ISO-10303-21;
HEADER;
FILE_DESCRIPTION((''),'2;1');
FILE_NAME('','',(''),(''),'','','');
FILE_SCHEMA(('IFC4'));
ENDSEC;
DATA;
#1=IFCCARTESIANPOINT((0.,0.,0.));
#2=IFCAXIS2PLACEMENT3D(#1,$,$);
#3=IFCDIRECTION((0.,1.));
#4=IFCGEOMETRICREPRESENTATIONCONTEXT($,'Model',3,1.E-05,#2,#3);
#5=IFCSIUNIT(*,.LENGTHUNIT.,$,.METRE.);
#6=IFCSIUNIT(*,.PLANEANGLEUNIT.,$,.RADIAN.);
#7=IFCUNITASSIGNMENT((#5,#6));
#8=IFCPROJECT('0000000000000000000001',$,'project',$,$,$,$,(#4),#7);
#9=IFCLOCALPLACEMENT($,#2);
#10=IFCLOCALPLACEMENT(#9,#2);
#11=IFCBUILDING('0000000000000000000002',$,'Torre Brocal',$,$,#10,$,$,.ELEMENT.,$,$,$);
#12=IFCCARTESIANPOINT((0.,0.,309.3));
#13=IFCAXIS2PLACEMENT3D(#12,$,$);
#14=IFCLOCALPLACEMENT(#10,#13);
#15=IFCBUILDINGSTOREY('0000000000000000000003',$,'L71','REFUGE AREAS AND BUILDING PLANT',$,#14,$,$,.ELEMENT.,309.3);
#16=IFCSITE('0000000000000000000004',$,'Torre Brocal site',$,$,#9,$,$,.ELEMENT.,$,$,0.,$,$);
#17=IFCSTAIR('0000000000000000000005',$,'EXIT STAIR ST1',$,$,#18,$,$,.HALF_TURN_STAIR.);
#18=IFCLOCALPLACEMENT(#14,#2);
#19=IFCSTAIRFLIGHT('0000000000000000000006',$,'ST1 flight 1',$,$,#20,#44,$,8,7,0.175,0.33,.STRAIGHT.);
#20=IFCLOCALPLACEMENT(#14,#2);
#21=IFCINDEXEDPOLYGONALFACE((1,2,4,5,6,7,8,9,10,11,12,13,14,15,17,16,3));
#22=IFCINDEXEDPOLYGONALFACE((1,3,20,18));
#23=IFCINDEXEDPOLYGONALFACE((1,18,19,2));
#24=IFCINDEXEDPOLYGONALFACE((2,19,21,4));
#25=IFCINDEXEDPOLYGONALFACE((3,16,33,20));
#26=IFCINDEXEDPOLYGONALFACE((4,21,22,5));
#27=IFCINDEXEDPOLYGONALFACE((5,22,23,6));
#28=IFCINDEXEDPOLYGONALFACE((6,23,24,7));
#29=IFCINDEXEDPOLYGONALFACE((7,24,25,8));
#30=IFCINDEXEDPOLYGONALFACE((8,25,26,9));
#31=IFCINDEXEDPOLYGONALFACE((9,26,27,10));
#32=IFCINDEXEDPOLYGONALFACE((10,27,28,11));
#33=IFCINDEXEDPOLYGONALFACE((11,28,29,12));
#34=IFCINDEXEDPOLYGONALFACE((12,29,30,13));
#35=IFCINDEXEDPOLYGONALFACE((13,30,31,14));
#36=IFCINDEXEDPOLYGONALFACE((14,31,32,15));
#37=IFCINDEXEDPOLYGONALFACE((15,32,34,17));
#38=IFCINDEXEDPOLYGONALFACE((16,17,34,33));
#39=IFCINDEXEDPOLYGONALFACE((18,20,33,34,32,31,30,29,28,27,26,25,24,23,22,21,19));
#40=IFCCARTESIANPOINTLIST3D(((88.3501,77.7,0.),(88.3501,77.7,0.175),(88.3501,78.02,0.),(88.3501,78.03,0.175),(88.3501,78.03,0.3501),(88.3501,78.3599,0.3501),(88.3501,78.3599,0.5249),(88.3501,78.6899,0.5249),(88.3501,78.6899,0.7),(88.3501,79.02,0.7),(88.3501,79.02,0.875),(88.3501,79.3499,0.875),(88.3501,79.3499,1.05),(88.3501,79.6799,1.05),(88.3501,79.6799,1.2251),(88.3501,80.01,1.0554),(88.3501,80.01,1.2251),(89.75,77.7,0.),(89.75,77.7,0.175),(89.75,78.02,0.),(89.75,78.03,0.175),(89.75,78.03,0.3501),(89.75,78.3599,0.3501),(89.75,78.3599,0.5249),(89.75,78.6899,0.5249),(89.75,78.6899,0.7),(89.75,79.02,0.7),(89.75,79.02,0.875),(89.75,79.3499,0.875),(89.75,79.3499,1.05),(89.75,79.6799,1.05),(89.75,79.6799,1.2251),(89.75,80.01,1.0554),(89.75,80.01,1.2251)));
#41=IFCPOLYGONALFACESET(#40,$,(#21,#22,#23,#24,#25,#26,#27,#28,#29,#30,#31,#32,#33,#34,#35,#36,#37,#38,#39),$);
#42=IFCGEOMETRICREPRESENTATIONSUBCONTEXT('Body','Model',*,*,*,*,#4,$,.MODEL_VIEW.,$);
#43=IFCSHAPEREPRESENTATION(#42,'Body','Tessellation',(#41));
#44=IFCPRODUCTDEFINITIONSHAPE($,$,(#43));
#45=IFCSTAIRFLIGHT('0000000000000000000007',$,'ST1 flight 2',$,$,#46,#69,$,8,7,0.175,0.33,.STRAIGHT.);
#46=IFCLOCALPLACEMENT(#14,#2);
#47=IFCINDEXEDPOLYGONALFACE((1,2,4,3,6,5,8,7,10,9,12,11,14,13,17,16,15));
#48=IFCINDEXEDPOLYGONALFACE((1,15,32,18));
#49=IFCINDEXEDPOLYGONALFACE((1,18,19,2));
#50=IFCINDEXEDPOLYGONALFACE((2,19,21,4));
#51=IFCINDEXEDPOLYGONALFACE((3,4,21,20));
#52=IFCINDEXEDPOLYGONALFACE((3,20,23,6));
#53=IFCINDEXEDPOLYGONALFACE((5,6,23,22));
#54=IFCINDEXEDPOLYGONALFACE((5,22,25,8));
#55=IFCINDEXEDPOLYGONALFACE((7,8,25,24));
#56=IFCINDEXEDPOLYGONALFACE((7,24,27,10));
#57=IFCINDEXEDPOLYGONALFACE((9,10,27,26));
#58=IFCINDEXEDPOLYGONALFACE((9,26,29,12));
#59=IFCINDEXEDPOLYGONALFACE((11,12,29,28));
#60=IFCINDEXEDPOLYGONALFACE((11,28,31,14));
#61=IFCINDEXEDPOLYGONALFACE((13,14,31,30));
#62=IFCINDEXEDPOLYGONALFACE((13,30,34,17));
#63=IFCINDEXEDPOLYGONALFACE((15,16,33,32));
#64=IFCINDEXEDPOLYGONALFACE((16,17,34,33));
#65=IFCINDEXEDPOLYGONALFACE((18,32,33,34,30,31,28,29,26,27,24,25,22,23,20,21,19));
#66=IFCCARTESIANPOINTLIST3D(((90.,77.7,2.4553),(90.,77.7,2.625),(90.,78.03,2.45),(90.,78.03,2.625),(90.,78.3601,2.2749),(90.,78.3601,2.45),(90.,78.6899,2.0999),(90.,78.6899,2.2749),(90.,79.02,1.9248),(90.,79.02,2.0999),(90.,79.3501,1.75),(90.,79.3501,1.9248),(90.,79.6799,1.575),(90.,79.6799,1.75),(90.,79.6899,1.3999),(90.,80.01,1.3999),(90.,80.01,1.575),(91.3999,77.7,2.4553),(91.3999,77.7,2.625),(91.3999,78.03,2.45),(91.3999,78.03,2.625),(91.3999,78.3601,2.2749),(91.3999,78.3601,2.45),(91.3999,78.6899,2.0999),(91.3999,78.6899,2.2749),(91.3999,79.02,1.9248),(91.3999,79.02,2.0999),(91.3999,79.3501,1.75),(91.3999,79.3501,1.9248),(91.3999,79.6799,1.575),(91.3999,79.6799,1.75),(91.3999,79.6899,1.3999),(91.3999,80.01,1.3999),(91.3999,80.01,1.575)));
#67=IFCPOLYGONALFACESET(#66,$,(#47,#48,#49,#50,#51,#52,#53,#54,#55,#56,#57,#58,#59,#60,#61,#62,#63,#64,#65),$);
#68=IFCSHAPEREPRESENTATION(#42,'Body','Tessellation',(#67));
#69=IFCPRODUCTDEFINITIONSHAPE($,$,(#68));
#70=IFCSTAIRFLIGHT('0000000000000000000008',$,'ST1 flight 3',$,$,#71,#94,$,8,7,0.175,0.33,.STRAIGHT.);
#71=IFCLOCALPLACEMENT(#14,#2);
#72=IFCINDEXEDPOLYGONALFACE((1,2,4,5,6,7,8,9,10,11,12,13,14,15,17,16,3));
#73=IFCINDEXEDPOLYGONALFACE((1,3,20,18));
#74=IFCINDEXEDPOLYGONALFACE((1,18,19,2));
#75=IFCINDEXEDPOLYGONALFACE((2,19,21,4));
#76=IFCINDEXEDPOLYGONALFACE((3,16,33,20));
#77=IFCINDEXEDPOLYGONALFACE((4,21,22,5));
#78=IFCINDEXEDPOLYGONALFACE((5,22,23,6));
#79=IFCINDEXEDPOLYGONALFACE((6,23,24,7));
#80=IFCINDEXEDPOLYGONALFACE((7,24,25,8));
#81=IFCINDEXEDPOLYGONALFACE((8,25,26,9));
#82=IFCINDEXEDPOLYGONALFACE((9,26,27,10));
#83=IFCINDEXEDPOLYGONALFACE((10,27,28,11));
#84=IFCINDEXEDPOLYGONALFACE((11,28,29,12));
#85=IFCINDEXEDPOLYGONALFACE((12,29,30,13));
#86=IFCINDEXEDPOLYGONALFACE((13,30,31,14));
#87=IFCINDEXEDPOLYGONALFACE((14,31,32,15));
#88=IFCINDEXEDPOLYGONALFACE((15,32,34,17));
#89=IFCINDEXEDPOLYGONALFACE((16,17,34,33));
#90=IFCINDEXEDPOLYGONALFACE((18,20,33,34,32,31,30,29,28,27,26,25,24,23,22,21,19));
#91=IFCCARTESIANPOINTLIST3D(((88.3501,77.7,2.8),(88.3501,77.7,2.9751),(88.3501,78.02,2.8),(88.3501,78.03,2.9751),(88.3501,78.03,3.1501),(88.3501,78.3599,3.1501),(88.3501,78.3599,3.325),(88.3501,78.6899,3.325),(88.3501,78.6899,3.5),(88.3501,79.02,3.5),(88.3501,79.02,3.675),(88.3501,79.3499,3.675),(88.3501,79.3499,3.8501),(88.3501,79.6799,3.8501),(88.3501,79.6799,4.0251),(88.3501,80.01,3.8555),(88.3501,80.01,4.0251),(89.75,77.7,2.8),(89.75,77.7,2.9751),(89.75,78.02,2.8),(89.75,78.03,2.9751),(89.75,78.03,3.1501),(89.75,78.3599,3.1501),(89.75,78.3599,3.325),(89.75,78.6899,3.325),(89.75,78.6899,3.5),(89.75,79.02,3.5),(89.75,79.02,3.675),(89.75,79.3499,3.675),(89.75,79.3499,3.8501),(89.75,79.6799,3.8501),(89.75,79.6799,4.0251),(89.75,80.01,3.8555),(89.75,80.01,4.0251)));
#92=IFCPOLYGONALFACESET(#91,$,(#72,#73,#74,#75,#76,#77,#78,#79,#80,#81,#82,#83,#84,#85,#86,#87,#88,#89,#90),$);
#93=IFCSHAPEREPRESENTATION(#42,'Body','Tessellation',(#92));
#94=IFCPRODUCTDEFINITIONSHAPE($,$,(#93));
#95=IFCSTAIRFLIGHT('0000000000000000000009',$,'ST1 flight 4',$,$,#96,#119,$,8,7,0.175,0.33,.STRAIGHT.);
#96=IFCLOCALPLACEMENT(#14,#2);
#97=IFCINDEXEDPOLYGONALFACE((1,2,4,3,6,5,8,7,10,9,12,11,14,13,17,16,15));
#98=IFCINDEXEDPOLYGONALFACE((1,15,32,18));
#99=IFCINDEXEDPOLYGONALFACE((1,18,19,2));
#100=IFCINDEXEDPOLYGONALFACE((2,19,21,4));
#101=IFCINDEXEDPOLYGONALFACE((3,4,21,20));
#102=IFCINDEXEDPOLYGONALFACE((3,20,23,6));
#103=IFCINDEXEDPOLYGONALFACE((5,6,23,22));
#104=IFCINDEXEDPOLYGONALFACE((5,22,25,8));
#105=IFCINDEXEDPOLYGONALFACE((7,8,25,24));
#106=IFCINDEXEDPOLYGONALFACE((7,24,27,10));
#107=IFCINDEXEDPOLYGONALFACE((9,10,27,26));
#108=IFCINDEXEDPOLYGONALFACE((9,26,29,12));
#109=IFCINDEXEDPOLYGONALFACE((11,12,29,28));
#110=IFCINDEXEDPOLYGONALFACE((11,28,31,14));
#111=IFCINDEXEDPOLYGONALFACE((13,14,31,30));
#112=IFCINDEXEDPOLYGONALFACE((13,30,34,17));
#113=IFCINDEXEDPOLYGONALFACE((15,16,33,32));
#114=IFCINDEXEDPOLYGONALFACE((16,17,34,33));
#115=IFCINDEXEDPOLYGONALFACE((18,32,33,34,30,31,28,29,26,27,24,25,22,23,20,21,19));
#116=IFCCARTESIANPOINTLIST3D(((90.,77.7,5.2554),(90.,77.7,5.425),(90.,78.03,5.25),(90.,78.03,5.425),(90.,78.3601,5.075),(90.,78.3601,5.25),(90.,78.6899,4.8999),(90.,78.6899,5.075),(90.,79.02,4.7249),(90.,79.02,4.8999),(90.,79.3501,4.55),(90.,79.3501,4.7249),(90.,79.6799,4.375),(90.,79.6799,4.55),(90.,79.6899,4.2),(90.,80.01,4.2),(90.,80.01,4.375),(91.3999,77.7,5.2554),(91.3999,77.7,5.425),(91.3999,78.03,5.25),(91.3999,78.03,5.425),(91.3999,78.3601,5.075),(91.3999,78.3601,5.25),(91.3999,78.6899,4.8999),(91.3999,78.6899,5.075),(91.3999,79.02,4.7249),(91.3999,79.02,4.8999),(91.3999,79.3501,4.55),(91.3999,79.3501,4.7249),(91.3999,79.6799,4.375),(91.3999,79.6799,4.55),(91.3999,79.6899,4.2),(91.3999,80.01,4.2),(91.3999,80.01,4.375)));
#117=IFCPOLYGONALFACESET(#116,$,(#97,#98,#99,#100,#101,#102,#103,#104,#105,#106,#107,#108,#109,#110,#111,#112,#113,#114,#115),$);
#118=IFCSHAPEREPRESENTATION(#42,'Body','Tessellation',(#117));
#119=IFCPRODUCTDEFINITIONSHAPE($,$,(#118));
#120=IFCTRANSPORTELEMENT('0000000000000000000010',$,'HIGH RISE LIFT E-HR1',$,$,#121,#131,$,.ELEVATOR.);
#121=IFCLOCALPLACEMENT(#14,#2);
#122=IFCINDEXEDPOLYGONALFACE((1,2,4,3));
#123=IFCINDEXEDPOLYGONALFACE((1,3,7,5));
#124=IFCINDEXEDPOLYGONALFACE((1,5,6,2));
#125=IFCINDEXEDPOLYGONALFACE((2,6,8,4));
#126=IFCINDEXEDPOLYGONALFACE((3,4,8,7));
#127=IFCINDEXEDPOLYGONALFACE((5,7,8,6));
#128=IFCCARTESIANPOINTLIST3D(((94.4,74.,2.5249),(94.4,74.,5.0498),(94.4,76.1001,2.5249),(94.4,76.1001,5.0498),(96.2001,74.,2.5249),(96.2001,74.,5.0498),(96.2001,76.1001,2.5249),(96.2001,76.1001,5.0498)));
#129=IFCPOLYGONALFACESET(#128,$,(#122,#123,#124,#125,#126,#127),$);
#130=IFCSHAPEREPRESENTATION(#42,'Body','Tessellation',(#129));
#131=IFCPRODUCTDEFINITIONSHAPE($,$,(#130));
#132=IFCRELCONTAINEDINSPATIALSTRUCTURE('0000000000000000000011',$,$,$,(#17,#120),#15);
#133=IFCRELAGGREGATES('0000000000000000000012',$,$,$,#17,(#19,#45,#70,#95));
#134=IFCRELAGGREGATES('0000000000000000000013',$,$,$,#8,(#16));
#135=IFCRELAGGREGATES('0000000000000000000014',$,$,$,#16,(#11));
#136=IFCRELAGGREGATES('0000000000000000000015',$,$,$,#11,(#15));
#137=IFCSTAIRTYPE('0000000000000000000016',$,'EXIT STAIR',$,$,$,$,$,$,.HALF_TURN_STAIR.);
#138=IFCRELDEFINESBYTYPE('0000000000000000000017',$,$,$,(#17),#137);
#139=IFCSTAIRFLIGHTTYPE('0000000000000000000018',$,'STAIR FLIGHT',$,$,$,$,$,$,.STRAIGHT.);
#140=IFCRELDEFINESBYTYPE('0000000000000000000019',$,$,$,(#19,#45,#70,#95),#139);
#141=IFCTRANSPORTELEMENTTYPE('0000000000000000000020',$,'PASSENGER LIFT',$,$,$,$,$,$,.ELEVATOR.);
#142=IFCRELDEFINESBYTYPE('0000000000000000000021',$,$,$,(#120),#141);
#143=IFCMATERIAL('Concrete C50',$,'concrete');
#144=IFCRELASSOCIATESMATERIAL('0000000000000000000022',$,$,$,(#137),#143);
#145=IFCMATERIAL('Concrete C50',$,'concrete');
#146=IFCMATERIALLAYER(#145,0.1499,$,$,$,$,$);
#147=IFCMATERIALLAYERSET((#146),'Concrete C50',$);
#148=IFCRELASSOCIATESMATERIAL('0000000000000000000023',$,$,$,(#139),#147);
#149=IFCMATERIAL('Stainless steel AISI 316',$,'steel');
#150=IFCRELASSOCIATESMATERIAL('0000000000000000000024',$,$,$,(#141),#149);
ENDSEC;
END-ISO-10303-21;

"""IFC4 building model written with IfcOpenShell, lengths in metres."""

from ifc_helpers import new_model, si_unit, direction, frame, origin, origin_2d, place, context, subcontext, project, spatial, polyline, rectangle, outline, extrude, material, layer, layer_set, type_object, element, aggregate, save


model = new_model("IFC4")

# Units and contexts
model_context = context("Model", 3, precision=1e-05, world=origin(), true_north=direction((0.0, 1.0)))
body_context = subcontext(model_context, "Body", "Model", "MODEL_VIEW")
ifc_project = project(units=[si_unit("LENGTHUNIT", "METRE"), si_unit("PLANEANGLEUNIT", "RADIAN")], contexts=[model_context])

# Site, building, storey
site_placement = place(None, origin())
site = spatial("IfcSite", under=ifc_project, at=site_placement, Name="Torre Brocal site", CompositionType="ELEMENT", RefElevation=0.0)
building_placement = place(site_placement, origin())
building = spatial("IfcBuilding", under=site, at=building_placement, Name="Torre Brocal", CompositionType="ELEMENT")
storey_placement = place(building_placement, frame((0.0, 0.0, 309.3)))
storey = spatial("IfcBuildingStorey", under=building, at=storey_placement, Name="L71", Description="REFUGE AREAS AND BUILDING PLANT", CompositionType="ELEMENT", Elevation=309.3)

# Stair, stair flights
ifc_material_1 = material(Name="Concrete C50", Category="concrete")
stair_type = type_object("IfcStairType", Name="EXIT STAIR", PredefinedType="HALF_TURN_STAIR", material=ifc_material_1)
stair_placement = place(storey_placement, origin())
stair = element("IfcStair", 1, at=stair_placement, inside=storey, type_object=stair_type, Name="EXIT STAIR ST1", PredefinedType="HALF_TURN_STAIR")
ifc_material_2 = material(Name="Concrete C50", Category="concrete")
ifc_layer_1 = layer(ifc_material_2, 0.1499)
ifc_layer_set_1 = layer_set([ifc_layer_1], Name="Concrete C50")
stair_flight_type = type_object("IfcStairFlightType", Name="STAIR FLIGHT", PredefinedType="STRAIGHT", material=ifc_layer_set_1)
stair_flight_1_placement = place(storey_placement, frame((89.05, 77.7, 0.0), z_axis=(0.0, 0.0, 1.0), x_axis=(0.0, 1.0, 0.0)))
stair_flight_1 = element("IfcStairFlight", 2, at=stair_flight_1_placement, type_object=stair_flight_type, Name="ST1 flight 1", NumberOfRisers=8, NumberOfTreads=7, PredefinedType="STRAIGHT", RiserHeight=0.175, TreadLength=0.33, context=body_context, shape_type="SweptSolid", body=[
    extrude(outline(polyline([(0.0, 0.0), (0.0, 0.175), (0.3301, 0.175), (0.3301, 0.3501), (0.6599, 0.3501), (0.6599, 0.5249), (0.99, 0.5249), (0.99, 0.7), (1.3201, 0.7), (1.3201, 0.875), (1.6499, 0.875), (1.6499, 1.05), (1.98, 1.05), (1.98, 1.2251), (2.3101, 1.2251), (2.3101, 1.3999), (2.3101, 1.0554), (0.3201, 0.0), (0.0, 0.0)])), frame((0.0, 0.7, 0.0), z_axis=(0.0, -1.0, 0.0), x_axis=(1.0, 0.0, 0.0)), (0.0, 0.0, 1.0), 1.3999),
])
stair_flight_2_placement = place(storey_placement, frame((90.7, 80.01, 1.3999), z_axis=(0.0, 0.0, 1.0), x_axis=(0.0, -1.0, 0.0)))
stair_flight_2 = element("IfcStairFlight", 3, at=stair_flight_2_placement, type_object=stair_flight_type, Name="ST1 flight 2", NumberOfRisers=8, NumberOfTreads=7, PredefinedType="STRAIGHT", RiserHeight=0.175, TreadLength=0.33, context=body_context, shape_type="SweptSolid", body=[
    extrude(outline(polyline([(0.0, 0.0), (0.0, 0.175), (0.3301, 0.175), (0.3301, 0.3501), (0.6599, 0.3501), (0.6599, 0.5249), (0.99, 0.5249), (0.99, 0.7), (1.3201, 0.7), (1.3201, 0.875), (1.6499, 0.875), (1.6499, 1.05), (1.98, 1.05), (1.98, 1.2251), (2.3101, 1.2251), (2.3101, 1.3999), (2.3101, 1.0554), (0.3201, 0.0), (0.0, 0.0)])), frame((0.0, 0.7, 0.0), z_axis=(0.0, -1.0, 0.0), x_axis=(1.0, 0.0, 0.0)), (0.0, 0.0, 1.0), 1.3999),
])
stair_flight_3_placement = place(storey_placement, frame((89.05, 77.7, 2.8), z_axis=(0.0, 0.0, 1.0), x_axis=(0.0, 1.0, 0.0)))
stair_flight_3 = element("IfcStairFlight", 4, at=stair_flight_3_placement, type_object=stair_flight_type, Name="ST1 flight 3", NumberOfRisers=8, NumberOfTreads=7, PredefinedType="STRAIGHT", RiserHeight=0.175, TreadLength=0.33, context=body_context, shape_type="SweptSolid", body=[
    extrude(outline(polyline([(0.0, 0.0), (0.0, 0.175), (0.3301, 0.175), (0.3301, 0.3501), (0.6599, 0.3501), (0.6599, 0.5249), (0.99, 0.5249), (0.99, 0.7), (1.3201, 0.7), (1.3201, 0.875), (1.6499, 0.875), (1.6499, 1.05), (1.98, 1.05), (1.98, 1.2251), (2.3101, 1.2251), (2.3101, 1.3999), (2.3101, 1.0554), (0.3201, 0.0), (0.0, 0.0)])), frame((0.0, 0.7, 0.0), z_axis=(0.0, -1.0, 0.0), x_axis=(1.0, 0.0, 0.0)), (0.0, 0.0, 1.0), 1.3999),
])
stair_flight_4_placement = place(storey_placement, frame((90.7, 80.01, 4.2), z_axis=(0.0, 0.0, 1.0), x_axis=(0.0, -1.0, 0.0)))
stair_flight_4 = element("IfcStairFlight", 5, at=stair_flight_4_placement, type_object=stair_flight_type, Name="ST1 flight 4", NumberOfRisers=8, NumberOfTreads=7, PredefinedType="STRAIGHT", RiserHeight=0.175, TreadLength=0.33, context=body_context, shape_type="SweptSolid", body=[
    extrude(outline(polyline([(0.0, 0.0), (0.0, 0.175), (0.3301, 0.175), (0.3301, 0.3501), (0.6599, 0.3501), (0.6599, 0.5249), (0.99, 0.5249), (0.99, 0.7), (1.3201, 0.7), (1.3201, 0.875), (1.6499, 0.875), (1.6499, 1.05), (1.98, 1.05), (1.98, 1.2251), (2.3101, 1.2251), (2.3101, 1.3999), (2.3101, 1.0554), (0.3201, 0.0), (0.0, 0.0)])), frame((0.0, 0.7, 0.0), z_axis=(0.0, -1.0, 0.0), x_axis=(1.0, 0.0, 0.0)), (0.0, 0.0, 1.0), 1.3999),
])
aggregate(stair, [stair_flight_1, stair_flight_2, stair_flight_3, stair_flight_4])

# Transport element
ifc_material_3 = material(Name="Stainless steel AISI 316", Category="steel")
transport_element_type = type_object("IfcTransportElementType", Name="PASSENGER LIFT", PredefinedType="ELEVATOR", material=ifc_material_3)
transport_element_placement = place(storey_placement, frame((95.3, 75.05, 2.5249), z_axis=(0.0, 0.0, 1.0), x_axis=(1.0, 0.0, 0.0)))
element("IfcTransportElement", 6, at=transport_element_placement, inside=storey, type_object=transport_element_type, Name="HIGH RISE LIFT E-HR1", PredefinedType="ELEVATOR", context=body_context, shape_type="SweptSolid", body=[
    extrude(rectangle(XDim=1.8, YDim=2.1001, at=origin_2d()), origin(), (0.0, 0.0, 1.0), 2.5249),
])

save(model, "model.ifc")
